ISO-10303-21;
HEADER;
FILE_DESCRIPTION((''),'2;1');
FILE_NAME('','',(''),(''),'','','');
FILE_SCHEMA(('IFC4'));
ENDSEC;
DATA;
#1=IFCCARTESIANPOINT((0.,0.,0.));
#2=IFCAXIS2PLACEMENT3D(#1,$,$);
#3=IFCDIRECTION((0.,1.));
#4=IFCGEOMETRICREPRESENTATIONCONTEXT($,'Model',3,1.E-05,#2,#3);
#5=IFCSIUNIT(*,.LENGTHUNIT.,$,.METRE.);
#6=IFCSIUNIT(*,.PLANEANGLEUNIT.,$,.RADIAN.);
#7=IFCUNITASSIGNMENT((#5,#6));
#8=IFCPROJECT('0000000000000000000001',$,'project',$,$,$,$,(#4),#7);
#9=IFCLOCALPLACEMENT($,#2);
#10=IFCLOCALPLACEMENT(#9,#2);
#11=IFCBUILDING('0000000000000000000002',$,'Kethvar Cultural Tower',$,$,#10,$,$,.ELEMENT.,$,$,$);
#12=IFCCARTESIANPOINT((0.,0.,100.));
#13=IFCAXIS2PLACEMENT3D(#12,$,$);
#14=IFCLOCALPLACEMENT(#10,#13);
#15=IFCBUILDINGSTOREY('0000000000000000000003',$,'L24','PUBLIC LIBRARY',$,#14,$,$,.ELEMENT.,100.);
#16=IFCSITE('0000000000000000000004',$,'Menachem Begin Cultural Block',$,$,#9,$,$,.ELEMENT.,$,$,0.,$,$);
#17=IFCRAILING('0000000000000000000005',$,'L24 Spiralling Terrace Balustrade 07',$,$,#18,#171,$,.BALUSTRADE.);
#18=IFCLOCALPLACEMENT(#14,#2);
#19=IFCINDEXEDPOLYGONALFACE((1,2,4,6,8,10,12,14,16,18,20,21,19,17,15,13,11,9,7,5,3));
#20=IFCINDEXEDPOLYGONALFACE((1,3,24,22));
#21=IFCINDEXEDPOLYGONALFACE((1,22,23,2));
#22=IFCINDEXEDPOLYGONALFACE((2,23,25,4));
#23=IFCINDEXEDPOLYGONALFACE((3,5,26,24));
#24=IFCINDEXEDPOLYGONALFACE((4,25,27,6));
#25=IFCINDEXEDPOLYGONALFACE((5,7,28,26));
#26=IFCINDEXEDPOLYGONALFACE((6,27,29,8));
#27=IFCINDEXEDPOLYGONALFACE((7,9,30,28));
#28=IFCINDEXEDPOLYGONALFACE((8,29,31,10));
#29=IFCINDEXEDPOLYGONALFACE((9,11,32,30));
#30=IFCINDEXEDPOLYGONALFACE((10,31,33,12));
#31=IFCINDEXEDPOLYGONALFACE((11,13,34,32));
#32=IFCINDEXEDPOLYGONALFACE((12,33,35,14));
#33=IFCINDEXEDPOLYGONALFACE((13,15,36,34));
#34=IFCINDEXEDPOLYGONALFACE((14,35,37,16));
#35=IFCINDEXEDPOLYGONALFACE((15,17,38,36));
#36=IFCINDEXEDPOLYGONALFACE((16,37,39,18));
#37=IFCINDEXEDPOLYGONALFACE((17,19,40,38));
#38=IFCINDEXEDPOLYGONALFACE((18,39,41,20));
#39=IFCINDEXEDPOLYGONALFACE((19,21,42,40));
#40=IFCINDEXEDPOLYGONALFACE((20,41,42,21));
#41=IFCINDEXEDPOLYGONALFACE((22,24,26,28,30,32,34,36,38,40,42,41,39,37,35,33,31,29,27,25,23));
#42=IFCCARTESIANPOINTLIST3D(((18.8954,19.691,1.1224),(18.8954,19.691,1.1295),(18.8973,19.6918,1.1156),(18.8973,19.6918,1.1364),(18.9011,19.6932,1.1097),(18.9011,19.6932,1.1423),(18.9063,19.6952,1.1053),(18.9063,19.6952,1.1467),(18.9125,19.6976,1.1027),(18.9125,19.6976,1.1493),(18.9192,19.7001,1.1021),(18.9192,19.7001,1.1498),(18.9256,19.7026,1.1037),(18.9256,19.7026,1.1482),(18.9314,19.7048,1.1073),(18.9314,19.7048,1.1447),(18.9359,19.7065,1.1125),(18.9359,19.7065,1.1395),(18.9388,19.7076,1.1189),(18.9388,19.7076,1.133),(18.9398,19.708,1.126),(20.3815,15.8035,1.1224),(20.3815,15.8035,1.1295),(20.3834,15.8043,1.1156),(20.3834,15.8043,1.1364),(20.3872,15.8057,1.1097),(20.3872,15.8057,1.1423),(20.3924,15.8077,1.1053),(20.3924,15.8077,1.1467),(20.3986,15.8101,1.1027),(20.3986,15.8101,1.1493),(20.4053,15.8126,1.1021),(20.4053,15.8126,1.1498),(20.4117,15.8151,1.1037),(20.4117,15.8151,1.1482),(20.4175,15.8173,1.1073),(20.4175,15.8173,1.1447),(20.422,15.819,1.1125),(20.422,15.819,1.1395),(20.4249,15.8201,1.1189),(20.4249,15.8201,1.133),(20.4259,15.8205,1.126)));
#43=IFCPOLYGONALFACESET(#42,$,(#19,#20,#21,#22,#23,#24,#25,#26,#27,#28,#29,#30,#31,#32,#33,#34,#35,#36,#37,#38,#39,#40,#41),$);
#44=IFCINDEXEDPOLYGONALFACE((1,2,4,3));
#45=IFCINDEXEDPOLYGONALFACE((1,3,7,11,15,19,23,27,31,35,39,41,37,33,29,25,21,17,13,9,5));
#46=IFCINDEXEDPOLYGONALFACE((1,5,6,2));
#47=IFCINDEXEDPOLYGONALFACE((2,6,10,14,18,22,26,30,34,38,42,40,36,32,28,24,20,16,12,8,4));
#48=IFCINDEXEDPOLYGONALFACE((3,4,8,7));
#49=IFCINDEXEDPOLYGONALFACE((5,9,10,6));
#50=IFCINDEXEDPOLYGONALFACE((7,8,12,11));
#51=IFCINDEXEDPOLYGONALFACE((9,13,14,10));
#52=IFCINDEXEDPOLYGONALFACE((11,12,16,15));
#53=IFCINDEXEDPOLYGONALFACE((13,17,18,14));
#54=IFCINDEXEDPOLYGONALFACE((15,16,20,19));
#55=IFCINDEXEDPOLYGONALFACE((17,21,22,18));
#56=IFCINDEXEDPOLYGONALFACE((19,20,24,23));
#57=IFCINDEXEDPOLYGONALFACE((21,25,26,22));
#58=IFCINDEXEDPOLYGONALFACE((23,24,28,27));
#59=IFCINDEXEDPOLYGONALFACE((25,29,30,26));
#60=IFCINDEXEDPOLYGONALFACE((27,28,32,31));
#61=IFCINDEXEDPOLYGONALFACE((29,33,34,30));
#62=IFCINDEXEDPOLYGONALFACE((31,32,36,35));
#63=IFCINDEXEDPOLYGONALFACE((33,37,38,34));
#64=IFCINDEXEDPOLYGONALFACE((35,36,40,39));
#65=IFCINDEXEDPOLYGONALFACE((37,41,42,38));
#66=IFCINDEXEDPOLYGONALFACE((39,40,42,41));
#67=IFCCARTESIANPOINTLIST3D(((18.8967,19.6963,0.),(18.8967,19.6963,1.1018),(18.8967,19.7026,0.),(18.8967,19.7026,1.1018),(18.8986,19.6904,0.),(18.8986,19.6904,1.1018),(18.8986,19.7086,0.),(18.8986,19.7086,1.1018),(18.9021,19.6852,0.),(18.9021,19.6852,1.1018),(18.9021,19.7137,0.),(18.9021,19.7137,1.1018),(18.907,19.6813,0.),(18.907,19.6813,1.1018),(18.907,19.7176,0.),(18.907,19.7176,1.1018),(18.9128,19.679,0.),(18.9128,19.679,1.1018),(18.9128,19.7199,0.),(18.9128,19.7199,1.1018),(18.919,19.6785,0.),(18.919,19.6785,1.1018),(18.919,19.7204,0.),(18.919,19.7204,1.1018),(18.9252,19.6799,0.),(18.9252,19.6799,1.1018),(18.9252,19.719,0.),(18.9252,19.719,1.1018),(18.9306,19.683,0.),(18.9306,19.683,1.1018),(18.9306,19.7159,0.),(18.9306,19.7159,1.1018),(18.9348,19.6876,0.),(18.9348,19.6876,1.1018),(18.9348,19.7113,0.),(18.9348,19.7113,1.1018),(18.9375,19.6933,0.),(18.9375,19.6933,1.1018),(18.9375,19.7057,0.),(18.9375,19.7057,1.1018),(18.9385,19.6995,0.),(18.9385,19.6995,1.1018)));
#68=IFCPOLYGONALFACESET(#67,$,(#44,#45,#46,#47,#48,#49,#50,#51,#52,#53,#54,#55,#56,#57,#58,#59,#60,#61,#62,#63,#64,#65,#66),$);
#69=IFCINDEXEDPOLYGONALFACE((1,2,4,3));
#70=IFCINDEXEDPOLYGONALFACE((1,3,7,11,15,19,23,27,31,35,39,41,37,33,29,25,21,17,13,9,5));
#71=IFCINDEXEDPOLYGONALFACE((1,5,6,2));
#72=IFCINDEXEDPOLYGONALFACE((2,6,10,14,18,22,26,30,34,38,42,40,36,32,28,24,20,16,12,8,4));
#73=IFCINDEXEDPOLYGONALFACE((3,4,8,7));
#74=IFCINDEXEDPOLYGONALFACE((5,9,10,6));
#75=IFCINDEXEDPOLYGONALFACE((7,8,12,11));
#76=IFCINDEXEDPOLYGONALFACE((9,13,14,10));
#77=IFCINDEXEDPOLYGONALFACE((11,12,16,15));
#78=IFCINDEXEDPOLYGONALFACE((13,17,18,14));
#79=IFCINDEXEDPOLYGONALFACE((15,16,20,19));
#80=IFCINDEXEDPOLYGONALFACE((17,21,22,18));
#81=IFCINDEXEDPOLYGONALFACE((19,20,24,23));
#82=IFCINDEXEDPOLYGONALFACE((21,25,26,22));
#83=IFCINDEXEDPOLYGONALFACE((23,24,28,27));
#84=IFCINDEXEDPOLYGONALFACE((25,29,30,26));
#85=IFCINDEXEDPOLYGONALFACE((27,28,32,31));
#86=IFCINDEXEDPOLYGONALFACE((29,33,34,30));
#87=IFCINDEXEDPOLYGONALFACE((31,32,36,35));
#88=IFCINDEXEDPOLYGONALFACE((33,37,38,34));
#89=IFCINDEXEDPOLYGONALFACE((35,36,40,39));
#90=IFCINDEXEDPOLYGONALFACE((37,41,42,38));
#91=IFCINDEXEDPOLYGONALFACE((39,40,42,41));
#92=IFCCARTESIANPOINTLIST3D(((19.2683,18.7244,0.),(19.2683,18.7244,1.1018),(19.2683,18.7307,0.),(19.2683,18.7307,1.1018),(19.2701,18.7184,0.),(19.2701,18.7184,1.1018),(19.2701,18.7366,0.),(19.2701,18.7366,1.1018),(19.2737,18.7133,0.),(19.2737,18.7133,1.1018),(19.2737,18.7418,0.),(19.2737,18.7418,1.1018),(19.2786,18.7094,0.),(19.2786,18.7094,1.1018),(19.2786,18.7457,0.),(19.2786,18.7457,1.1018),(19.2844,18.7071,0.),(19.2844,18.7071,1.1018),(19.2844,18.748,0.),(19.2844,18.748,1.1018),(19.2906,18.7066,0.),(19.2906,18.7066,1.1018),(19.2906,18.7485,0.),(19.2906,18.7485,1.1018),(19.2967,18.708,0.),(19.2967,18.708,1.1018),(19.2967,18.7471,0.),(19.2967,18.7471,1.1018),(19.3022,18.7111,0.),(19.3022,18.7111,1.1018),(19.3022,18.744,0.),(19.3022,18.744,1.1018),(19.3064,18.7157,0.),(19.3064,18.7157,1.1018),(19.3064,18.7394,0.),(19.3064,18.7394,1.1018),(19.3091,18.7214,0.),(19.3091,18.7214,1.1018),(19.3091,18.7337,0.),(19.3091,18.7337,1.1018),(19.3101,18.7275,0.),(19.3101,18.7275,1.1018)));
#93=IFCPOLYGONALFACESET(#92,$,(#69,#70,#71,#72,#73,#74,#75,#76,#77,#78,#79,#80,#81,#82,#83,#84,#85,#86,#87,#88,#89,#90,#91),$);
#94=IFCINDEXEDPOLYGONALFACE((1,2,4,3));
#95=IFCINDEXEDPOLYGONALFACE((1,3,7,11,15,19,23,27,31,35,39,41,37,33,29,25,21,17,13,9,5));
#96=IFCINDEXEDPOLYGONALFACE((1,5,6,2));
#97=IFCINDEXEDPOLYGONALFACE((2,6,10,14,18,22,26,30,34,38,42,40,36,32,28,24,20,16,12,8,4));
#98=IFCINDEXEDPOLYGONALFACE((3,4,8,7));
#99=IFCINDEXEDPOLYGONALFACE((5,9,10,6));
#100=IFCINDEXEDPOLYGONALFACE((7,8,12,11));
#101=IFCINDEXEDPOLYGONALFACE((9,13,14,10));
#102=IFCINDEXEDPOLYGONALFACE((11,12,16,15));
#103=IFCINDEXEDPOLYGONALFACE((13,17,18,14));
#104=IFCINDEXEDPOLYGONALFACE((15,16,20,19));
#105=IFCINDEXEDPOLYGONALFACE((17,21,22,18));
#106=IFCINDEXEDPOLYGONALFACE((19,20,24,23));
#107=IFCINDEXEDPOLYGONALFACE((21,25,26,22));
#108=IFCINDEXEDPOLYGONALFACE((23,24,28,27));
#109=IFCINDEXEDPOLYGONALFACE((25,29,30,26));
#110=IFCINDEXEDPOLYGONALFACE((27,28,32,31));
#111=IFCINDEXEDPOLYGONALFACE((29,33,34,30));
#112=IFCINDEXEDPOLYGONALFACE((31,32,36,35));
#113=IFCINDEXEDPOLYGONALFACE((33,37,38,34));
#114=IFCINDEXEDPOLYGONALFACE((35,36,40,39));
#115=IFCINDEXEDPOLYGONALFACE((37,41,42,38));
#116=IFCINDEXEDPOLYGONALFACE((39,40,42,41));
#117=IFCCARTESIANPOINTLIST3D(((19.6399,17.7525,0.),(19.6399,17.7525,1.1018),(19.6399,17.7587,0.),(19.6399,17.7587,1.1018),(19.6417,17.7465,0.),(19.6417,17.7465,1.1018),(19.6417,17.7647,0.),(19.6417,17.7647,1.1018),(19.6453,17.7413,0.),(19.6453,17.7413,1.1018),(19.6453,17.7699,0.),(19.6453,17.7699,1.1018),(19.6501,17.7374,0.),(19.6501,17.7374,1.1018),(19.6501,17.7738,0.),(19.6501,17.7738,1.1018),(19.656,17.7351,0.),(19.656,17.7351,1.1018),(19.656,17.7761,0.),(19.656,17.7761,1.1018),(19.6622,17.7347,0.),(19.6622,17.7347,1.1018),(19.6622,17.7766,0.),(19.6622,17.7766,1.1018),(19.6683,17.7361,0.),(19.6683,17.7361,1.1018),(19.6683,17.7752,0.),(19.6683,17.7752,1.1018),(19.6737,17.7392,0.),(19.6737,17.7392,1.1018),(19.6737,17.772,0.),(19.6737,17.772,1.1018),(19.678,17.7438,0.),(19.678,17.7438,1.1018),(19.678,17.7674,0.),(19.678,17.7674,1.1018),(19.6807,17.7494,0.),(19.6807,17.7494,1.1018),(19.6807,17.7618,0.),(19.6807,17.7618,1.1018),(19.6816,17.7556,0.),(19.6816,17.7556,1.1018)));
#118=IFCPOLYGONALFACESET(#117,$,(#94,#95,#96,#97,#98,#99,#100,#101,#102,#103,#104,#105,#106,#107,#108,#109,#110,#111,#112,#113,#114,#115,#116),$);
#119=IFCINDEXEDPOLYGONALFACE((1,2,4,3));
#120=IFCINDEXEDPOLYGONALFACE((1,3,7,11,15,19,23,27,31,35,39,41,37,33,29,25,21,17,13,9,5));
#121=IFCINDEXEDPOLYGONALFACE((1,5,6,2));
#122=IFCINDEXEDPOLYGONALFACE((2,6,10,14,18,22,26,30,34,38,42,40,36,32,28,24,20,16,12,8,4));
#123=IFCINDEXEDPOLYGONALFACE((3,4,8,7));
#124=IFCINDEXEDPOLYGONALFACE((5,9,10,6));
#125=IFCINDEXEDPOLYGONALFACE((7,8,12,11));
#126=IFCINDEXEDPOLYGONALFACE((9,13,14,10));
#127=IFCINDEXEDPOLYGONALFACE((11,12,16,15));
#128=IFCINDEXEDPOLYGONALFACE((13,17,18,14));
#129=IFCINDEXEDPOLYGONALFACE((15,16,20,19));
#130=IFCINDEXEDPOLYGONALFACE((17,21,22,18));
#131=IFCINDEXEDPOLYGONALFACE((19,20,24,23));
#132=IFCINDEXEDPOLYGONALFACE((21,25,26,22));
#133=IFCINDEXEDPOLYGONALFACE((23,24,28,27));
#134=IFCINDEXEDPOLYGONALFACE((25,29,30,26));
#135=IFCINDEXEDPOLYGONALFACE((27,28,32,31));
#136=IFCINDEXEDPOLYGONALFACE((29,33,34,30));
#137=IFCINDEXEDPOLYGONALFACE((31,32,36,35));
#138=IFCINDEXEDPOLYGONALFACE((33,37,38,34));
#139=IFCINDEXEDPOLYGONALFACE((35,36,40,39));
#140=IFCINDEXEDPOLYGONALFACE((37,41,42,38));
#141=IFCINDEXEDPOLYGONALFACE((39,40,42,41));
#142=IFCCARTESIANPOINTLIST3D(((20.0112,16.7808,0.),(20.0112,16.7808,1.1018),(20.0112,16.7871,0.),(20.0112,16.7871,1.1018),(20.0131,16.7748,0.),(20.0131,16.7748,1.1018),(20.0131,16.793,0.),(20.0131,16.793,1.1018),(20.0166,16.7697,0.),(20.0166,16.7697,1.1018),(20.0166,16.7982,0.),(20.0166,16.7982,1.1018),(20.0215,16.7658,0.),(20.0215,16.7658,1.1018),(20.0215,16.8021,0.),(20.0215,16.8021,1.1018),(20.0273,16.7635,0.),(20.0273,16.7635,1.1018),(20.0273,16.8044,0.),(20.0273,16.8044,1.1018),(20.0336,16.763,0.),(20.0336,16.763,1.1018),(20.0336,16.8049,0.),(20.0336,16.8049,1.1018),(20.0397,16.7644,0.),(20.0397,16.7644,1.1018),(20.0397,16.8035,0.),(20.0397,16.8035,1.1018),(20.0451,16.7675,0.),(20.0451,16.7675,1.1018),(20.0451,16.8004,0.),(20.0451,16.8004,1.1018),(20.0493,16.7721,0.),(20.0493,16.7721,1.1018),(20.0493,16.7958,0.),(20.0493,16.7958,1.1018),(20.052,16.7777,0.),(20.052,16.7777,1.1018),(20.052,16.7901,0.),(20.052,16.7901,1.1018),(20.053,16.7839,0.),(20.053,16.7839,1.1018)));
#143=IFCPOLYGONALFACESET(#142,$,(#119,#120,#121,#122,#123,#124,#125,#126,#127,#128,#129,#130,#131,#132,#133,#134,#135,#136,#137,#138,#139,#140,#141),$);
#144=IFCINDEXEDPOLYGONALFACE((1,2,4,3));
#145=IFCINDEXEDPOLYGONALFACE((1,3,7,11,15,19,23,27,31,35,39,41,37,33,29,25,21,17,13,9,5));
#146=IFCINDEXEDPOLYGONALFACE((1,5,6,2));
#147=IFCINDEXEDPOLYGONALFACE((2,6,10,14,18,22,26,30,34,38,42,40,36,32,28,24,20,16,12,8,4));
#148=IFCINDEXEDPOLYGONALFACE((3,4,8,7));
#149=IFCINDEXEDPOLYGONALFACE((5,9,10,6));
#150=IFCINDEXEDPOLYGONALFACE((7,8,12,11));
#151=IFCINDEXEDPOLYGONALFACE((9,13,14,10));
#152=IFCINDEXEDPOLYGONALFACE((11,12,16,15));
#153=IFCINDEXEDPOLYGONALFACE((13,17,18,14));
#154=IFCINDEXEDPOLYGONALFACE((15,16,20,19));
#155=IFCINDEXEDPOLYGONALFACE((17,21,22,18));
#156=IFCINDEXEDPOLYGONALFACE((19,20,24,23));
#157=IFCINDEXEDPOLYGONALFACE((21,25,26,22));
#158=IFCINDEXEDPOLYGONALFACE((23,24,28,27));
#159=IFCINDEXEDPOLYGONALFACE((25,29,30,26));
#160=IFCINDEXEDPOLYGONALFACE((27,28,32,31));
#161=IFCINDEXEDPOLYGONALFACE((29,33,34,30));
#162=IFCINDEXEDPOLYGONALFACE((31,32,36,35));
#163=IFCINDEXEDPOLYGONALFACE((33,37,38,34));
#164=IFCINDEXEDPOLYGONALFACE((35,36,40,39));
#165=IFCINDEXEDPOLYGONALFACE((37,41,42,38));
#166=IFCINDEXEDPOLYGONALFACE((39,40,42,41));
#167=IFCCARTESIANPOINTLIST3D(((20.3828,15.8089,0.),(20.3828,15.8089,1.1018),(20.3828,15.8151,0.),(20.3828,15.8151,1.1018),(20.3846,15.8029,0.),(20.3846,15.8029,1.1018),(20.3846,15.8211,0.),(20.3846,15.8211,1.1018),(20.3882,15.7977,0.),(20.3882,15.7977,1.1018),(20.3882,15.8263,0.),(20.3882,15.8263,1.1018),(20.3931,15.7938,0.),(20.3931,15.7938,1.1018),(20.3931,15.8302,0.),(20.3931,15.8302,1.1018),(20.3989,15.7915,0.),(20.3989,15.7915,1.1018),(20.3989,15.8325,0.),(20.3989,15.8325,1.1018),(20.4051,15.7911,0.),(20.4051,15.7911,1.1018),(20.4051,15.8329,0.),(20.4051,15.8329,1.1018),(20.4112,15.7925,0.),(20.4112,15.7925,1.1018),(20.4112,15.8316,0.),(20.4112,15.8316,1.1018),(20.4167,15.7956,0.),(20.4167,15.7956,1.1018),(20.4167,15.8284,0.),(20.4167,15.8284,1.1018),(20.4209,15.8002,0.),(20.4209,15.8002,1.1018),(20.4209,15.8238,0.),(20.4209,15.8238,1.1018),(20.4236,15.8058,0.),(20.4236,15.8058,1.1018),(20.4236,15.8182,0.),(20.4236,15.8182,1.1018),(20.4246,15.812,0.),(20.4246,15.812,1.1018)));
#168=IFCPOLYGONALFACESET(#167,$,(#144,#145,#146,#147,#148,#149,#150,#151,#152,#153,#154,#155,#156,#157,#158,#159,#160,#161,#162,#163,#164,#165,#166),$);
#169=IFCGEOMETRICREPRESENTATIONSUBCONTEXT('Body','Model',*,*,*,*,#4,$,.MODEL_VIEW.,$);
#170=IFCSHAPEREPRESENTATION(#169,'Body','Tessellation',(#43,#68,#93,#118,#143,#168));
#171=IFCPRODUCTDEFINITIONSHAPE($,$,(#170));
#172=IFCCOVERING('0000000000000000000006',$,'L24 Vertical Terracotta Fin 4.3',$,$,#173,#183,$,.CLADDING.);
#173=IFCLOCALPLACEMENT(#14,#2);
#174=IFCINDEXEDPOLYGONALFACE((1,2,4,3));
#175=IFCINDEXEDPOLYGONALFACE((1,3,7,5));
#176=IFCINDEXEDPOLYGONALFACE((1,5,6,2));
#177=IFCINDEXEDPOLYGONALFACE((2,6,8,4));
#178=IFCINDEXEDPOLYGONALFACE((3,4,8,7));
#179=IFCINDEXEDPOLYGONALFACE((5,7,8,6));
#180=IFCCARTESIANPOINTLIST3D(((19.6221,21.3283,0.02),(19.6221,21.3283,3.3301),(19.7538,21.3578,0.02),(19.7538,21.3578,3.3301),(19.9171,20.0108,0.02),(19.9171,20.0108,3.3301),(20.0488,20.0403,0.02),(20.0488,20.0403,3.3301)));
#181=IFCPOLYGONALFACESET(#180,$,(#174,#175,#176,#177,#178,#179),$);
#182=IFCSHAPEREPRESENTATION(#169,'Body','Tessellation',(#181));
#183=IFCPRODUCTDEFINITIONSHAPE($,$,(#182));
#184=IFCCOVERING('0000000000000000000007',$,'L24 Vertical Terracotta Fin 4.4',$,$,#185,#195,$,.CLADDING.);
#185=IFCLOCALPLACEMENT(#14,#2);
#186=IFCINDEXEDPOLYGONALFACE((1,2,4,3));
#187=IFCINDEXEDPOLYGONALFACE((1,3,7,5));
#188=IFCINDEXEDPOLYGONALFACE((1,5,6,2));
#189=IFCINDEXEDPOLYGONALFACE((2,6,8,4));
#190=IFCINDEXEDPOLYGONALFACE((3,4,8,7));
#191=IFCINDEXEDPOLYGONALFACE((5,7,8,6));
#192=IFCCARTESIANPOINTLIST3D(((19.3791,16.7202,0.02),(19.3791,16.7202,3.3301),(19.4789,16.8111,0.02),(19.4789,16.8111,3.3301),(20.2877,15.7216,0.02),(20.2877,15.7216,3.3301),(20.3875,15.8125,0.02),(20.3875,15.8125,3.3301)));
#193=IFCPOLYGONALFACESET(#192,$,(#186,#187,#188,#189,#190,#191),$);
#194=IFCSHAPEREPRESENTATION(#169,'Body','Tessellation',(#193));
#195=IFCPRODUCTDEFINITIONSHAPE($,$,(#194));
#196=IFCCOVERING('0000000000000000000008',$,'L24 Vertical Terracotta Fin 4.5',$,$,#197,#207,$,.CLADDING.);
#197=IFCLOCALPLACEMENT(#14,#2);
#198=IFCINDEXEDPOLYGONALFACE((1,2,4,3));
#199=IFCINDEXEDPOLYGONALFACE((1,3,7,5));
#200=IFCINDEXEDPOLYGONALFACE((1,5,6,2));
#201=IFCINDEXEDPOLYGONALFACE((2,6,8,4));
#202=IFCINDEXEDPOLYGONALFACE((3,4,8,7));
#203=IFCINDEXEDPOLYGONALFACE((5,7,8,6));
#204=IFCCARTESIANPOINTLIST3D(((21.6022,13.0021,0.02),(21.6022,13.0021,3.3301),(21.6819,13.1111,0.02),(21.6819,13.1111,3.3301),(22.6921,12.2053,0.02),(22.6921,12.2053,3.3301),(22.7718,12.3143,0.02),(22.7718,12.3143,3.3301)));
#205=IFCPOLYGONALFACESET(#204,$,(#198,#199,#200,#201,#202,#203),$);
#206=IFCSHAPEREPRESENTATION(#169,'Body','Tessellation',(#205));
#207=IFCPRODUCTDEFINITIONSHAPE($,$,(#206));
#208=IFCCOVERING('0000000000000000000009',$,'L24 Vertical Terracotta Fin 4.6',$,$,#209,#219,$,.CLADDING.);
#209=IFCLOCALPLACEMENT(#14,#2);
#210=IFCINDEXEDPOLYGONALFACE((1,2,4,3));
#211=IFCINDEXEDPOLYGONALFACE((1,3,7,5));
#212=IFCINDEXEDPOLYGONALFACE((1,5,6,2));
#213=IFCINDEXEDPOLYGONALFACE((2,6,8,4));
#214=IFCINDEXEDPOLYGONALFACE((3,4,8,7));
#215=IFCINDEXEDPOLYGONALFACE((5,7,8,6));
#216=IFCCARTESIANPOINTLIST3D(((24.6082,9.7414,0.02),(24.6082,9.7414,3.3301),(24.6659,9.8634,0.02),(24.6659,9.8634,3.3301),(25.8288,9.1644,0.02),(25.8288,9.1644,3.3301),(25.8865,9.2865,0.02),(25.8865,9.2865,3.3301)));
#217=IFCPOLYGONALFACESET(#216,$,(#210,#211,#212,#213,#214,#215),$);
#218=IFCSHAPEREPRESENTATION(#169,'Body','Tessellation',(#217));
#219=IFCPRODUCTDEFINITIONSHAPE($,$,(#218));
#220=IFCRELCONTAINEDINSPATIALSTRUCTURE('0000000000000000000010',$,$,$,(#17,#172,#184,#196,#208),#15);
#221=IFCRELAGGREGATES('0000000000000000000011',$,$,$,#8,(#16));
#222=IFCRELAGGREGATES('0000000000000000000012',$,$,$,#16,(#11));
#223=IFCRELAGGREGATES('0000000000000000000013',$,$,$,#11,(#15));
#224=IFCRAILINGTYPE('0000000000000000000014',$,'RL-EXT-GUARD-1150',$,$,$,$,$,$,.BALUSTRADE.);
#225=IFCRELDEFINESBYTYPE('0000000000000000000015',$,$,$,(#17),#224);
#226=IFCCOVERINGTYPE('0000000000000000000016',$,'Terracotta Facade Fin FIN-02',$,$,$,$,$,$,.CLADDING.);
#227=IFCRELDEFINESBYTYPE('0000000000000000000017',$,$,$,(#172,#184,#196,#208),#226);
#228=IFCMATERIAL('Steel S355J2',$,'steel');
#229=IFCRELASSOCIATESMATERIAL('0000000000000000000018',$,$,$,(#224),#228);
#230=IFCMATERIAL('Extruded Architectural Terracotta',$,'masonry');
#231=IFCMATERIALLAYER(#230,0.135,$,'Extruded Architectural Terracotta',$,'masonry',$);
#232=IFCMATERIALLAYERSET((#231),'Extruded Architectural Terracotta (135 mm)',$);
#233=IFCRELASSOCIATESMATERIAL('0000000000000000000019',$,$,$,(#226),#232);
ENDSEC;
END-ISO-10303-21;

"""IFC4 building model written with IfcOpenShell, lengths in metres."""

from ifc_helpers import new_model, si_unit, direction, frame, origin, origin_2d, place, context, subcontext, project, spatial, rectangle, circle, extrude, source, transform, mapped, material, layer, layer_set, type_object, element, save


model = new_model("IFC4")

# Units and contexts
model_context = context("Model", 3, precision=1e-05, world=origin(), true_north=direction((0.0, 1.0)))
body_context = subcontext(model_context, "Body", "Model", "MODEL_VIEW")
ifc_project = project(units=[si_unit("LENGTHUNIT", "METRE"), si_unit("PLANEANGLEUNIT", "RADIAN")], contexts=[model_context])

# Site, building, storey
site_placement = place(None, origin())
site = spatial("IfcSite", under=ifc_project, at=site_placement, Name="Menachem Begin Cultural Block", CompositionType="ELEMENT", RefElevation=0.0)
building_placement = place(site_placement, origin())
building = spatial("IfcBuilding", under=site, at=building_placement, Name="Kethvar Cultural Tower", CompositionType="ELEMENT")
storey_placement = place(building_placement, frame((0.0, 0.0, 100.0)))
storey = spatial("IfcBuildingStorey", under=building, at=storey_placement, Name="L24", Description="PUBLIC LIBRARY", CompositionType="ELEMENT", Elevation=100.0)

# Shared definitions
ifc_material_1 = material(Name="Steel S355J2", Category="steel")

# Railing
railing_type = type_object("IfcRailingType", Name="RL-EXT-GUARD-1150", PredefinedType="BALUSTRADE", material=ifc_material_1)
railing_placement = place(storey_placement, frame((18.9175, 19.6995, 0.0)))
element("IfcRailing", 1, at=railing_placement, inside=storey, type_object=railing_type, Name="L24 Spiralling Terrace Balustrade 07", PredefinedType="BALUSTRADE", context=body_context, shape_type="SweptSolid", body=[
    extrude(circle(Radius=0.0239, at=origin_2d()), frame((0.0, 0.0, 1.126), z_axis=(0.357076, -0.934075, 0.0), x_axis=(0.934075, 0.357076, 0.0)), (0.0, 0.0, 1.0), 4.1619),
    extrude(circle(Radius=0.021, at=origin_2d()), origin(), (0.0, 0.0, 1.0), 1.1018),
    extrude(circle(Radius=0.021, at=origin_2d()), frame((0.3716, -0.9719, 0.0)), (0.0, 0.0, 1.0), 1.1018),
    extrude(circle(Radius=0.021, at=origin_2d()), frame((0.7432, -1.9438, 0.0)), (0.0, 0.0, 1.0), 1.1018),
    extrude(circle(Radius=0.021, at=origin_2d()), frame((1.1145, -2.9155, 0.0)), (0.0, 0.0, 1.0), 1.1018),
    extrude(circle(Radius=0.021, at=origin_2d()), frame((1.4861, -3.8875, 0.0)), (0.0, 0.0, 1.0), 1.1018),
])

# Coverings
ifc_material_2 = material(Name="Extruded Architectural Terracotta", Category="masonry")
ifc_layer_1 = layer(ifc_material_2, 0.135, Name="Extruded Architectural Terracotta", Category="masonry")
ifc_layer_set_1 = layer_set([ifc_layer_1], Name="Extruded Architectural Terracotta (135 mm)")
covering_type_1 = type_object("IfcCoveringType", Name="Terracotta Facade Fin FIN-02", PredefinedType="CLADDING", material=ifc_layer_set_1)
shared_shape_1 = source(origin(), body_context, "Body", "SweptSolid", [
    extrude(rectangle(XDim=1.3501, YDim=0.135, at=origin_2d()), origin(), (0.0, 0.0, 1.0), 3.3101),
])
for number, where, z_axis, x_axis, name in (
    (2, (19.8354, 20.6843, 0.02), (0.0, 0.0, 1.0), (-0.218484, 0.975841, 0.0), "L24 Vertical Terracotta Fin 4.3"),
    (3, (19.8833, 16.2664, 0.02), (0.0, 0.0, 1.0), (-0.673013, 0.739631, 0.0), "L24 Vertical Terracotta Fin 4.4"),
    (4, (22.187, 12.6582, 0.02), (0.0, 0.0, 1.0), (-0.807269, 0.590183, 0.0), "L24 Vertical Terracotta Fin 4.5"),
    (5, (25.2473, 9.5139, 0.02), (0.0, 0.0, 1.0), (-0.904083, 0.427358, 0.0), "L24 Vertical Terracotta Fin 4.6"),
):
    element("IfcCovering", number, at=place(storey_placement, frame(where, z_axis=z_axis, x_axis=x_axis)), inside=storey, type_object=covering_type_1, Name=name, PredefinedType="CLADDING", context=body_context, shape_type="MappedRepresentation", body=[
        mapped(shared_shape_1, transform((0.0, 0.0, 0.0), scale=1.0)),
    ])

save(model, "model.ifc")
